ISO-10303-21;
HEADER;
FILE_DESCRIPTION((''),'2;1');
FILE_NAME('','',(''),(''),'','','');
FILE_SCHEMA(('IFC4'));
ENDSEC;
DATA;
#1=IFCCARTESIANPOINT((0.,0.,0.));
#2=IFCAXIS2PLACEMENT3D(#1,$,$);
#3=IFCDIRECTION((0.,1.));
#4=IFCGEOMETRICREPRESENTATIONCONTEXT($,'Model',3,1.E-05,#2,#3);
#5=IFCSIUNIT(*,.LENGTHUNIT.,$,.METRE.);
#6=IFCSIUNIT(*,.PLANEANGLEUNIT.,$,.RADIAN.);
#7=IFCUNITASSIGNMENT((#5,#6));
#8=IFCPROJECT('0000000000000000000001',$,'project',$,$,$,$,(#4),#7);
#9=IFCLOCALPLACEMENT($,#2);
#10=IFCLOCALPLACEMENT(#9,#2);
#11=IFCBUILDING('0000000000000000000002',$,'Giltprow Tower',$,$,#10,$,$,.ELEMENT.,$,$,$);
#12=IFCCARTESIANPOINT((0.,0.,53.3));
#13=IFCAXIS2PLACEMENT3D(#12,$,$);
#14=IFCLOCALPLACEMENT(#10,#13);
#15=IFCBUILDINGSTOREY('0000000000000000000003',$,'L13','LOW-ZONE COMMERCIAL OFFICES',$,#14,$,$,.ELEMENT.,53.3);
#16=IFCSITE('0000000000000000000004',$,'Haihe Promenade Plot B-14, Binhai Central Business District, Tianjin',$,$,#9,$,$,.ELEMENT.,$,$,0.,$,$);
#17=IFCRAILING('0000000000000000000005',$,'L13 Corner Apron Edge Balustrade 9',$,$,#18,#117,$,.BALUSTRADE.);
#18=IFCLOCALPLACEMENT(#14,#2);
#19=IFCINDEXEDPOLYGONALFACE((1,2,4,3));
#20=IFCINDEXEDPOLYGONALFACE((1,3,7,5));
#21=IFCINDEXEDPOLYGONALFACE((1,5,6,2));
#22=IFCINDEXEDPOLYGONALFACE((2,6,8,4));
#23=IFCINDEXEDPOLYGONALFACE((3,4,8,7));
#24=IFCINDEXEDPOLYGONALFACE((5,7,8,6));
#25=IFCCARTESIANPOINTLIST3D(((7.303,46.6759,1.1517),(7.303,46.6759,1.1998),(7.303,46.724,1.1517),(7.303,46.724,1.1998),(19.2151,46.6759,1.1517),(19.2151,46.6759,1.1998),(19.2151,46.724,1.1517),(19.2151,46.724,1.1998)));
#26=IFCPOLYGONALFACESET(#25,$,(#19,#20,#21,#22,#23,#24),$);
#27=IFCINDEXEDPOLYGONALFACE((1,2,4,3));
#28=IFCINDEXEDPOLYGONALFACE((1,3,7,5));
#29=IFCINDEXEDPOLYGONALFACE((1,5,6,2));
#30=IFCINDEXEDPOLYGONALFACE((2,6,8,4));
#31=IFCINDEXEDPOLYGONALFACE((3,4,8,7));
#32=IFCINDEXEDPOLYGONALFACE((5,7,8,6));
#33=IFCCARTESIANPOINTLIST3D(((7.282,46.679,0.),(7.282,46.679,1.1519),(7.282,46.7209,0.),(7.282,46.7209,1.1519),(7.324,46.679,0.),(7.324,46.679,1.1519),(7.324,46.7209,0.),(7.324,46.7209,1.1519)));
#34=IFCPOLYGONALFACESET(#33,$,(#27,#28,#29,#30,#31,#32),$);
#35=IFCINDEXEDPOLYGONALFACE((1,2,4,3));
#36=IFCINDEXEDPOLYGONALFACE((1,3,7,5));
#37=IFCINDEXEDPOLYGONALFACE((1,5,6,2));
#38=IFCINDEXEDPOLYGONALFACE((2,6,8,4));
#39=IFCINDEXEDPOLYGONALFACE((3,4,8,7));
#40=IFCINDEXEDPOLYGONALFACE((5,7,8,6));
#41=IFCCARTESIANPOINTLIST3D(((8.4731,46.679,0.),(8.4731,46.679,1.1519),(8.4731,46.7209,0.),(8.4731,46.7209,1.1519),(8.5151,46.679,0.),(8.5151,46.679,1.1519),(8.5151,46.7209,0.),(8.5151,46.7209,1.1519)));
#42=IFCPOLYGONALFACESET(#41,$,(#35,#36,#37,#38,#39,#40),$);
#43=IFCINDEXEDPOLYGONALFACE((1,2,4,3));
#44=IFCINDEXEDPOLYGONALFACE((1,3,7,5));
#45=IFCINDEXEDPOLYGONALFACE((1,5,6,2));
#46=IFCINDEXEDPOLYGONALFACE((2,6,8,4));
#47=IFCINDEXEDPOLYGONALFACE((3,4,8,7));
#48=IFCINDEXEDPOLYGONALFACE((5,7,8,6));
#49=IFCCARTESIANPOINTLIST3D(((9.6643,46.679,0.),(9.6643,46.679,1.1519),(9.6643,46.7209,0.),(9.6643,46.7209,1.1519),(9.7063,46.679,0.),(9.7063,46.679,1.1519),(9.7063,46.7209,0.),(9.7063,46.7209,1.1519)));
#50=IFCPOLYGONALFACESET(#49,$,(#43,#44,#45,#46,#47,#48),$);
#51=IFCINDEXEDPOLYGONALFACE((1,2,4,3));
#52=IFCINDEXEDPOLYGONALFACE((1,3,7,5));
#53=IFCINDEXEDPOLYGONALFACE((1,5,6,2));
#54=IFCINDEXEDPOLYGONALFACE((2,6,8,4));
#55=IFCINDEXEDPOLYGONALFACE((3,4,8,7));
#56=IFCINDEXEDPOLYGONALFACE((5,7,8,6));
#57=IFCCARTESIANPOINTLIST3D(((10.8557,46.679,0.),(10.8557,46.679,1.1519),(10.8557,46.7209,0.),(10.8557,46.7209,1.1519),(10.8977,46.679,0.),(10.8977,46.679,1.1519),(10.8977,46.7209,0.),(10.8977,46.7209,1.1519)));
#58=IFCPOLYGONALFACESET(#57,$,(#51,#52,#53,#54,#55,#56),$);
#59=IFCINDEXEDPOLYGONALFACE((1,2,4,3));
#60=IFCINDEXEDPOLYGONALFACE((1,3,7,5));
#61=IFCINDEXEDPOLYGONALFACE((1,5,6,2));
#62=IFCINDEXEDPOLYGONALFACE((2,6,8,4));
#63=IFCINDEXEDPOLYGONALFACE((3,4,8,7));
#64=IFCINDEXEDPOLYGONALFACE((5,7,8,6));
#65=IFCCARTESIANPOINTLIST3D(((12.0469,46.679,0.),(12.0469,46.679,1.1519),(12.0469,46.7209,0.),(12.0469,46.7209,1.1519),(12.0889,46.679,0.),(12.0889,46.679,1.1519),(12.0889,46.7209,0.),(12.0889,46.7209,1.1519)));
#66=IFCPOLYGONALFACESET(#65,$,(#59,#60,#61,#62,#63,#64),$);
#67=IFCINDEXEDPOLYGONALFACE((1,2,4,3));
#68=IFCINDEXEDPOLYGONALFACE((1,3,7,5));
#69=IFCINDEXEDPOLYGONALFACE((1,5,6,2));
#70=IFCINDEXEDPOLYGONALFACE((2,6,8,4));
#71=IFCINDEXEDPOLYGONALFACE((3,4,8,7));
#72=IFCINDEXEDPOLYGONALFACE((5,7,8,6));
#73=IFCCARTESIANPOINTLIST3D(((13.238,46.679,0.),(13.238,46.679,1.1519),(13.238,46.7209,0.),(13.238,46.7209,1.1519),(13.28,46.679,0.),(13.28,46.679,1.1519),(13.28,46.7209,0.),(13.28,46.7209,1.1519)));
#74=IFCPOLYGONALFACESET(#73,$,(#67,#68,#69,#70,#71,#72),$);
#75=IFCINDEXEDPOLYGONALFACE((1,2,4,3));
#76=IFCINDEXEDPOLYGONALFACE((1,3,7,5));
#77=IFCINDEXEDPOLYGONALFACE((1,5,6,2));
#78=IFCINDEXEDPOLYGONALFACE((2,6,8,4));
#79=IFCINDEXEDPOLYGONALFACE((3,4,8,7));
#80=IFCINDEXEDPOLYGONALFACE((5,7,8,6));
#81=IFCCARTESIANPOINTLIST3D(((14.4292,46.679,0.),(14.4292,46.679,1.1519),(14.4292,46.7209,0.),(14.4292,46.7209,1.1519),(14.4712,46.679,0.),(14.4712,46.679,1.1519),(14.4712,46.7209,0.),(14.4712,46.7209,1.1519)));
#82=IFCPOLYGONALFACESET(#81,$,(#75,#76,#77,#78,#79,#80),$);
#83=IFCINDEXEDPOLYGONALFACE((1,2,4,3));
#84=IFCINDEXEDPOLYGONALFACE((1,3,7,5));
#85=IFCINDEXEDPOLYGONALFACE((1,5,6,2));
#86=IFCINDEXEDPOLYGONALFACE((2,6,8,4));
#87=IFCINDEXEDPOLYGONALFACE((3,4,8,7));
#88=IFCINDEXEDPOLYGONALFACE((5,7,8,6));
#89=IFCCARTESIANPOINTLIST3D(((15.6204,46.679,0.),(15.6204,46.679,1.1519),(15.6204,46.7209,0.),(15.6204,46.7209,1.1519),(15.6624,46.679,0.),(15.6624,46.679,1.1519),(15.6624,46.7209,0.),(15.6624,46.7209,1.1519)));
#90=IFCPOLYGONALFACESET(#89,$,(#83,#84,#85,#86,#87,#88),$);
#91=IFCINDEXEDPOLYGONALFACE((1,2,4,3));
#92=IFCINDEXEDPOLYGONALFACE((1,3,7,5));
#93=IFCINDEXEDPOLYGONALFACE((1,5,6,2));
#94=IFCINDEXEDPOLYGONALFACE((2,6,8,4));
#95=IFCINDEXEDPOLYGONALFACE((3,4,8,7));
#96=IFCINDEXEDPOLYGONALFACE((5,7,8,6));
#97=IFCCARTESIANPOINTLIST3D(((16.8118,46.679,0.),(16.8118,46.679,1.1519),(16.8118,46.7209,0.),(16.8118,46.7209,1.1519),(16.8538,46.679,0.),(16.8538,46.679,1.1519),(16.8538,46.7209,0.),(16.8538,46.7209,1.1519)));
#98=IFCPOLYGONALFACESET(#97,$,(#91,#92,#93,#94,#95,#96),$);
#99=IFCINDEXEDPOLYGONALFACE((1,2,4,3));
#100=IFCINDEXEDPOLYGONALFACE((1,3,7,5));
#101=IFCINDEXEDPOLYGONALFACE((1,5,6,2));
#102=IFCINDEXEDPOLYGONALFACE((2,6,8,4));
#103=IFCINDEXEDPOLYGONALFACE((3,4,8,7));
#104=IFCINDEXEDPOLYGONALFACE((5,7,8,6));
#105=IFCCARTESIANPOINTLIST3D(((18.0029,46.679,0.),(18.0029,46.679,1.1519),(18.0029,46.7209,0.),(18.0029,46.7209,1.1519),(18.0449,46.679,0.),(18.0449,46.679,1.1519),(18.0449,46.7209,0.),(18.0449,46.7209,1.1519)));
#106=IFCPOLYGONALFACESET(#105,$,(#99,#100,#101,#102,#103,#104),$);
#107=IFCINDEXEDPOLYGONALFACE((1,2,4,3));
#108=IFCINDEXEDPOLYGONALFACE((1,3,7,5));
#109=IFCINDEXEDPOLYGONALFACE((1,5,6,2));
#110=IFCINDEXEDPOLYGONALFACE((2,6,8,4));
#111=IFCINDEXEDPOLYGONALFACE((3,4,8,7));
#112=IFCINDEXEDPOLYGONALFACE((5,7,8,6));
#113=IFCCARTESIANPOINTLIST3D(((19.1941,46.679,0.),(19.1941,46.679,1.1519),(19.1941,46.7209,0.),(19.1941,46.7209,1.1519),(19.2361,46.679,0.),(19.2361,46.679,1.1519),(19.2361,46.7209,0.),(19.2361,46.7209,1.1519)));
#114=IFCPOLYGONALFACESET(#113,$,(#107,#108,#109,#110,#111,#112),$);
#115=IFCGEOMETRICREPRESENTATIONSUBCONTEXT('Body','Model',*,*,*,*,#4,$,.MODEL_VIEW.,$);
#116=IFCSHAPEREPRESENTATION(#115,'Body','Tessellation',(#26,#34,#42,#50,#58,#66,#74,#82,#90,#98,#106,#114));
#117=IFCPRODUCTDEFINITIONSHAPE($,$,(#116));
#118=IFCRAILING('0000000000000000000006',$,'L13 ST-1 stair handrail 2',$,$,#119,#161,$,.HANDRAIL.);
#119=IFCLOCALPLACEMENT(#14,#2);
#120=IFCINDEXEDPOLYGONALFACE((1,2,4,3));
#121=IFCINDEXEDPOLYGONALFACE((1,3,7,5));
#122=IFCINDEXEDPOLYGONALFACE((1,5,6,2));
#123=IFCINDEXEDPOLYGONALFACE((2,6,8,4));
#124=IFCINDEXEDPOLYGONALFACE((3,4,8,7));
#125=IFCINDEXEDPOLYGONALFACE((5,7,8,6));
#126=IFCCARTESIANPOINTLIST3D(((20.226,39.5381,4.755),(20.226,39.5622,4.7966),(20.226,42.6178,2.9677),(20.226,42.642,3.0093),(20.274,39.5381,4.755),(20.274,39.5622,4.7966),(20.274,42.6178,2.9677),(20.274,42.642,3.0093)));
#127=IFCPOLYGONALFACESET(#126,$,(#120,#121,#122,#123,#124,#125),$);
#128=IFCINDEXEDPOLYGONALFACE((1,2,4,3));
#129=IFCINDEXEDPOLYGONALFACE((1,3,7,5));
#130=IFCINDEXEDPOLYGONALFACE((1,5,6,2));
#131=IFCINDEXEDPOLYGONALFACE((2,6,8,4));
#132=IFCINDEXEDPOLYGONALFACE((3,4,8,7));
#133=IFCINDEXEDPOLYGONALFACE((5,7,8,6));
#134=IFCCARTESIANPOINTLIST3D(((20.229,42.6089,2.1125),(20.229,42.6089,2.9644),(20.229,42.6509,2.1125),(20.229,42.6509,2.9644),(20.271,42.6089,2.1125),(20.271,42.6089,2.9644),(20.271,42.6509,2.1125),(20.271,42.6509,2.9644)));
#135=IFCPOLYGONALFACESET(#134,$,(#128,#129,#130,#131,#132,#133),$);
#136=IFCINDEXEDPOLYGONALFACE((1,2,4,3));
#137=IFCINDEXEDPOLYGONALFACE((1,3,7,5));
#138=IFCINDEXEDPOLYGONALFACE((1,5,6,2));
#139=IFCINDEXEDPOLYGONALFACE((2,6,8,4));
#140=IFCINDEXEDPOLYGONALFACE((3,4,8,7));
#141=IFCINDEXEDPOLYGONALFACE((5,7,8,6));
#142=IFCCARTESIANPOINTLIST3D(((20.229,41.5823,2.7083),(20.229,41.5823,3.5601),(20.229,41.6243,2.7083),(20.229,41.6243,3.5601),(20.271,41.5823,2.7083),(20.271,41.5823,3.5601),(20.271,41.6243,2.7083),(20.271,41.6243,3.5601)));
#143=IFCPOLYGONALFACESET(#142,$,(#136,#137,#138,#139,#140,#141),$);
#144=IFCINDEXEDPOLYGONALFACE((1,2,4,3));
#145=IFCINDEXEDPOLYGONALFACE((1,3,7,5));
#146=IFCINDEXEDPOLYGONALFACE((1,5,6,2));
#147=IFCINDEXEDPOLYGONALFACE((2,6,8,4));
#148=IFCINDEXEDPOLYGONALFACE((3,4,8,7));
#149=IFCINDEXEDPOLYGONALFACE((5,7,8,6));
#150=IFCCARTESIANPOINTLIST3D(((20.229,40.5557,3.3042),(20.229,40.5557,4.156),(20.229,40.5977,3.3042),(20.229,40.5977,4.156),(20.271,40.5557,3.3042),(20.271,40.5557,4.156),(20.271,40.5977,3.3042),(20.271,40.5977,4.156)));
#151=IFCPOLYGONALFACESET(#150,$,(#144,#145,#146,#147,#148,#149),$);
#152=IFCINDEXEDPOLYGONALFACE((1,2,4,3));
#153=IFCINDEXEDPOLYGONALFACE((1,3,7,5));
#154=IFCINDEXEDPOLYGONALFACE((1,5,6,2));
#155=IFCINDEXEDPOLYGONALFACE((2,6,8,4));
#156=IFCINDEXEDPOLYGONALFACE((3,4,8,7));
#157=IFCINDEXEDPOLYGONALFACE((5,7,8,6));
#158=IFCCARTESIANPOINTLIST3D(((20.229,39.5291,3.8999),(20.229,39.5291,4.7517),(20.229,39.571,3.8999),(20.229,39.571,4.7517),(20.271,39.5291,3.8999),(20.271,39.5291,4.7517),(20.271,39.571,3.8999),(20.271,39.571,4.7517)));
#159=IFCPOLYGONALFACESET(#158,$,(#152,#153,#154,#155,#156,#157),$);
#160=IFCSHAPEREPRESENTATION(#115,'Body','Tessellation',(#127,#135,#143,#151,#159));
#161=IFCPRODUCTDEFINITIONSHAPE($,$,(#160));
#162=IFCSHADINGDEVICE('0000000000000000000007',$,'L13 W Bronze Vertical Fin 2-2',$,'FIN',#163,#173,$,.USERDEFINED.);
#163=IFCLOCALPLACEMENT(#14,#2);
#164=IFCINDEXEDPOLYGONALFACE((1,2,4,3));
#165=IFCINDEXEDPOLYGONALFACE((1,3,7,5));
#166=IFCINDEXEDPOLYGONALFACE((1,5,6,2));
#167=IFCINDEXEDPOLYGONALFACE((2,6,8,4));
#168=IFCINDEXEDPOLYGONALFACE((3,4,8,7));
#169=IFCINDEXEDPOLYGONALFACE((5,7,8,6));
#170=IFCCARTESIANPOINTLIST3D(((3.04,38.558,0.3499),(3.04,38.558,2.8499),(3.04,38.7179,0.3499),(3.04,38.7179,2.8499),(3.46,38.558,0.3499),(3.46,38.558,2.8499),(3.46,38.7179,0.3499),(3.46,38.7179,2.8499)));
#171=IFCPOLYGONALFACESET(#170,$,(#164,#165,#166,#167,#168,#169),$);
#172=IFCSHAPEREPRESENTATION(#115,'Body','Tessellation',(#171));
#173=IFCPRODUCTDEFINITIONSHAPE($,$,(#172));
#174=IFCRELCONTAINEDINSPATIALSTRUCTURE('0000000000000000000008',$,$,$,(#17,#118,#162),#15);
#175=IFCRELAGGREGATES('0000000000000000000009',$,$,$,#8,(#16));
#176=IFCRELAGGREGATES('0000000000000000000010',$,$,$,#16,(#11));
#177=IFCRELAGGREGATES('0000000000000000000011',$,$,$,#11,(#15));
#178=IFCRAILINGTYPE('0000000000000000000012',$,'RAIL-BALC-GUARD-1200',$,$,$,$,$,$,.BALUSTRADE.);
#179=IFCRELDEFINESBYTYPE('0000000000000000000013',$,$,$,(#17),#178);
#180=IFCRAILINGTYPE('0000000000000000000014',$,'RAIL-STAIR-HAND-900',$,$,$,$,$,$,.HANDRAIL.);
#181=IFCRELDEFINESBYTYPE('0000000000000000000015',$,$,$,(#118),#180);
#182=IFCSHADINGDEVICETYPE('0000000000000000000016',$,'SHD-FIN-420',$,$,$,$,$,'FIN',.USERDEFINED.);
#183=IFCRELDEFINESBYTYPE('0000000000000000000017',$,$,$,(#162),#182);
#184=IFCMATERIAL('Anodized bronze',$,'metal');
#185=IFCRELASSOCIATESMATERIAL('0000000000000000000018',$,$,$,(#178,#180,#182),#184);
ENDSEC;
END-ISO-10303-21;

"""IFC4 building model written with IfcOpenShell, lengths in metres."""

from ifc_helpers import new_model, si_unit, direction, frame, origin, origin_2d, place, context, subcontext, project, spatial, rectangle, extrude, source, transform, mapped, material, type_object, element, save


model = new_model("IFC4")

# Units and contexts
model_context = context("Model", 3, precision=1e-05, world=origin(), true_north=direction((0.0, 1.0)))
body_context = subcontext(model_context, "Body", "Model", "MODEL_VIEW")
ifc_project = project(units=[si_unit("LENGTHUNIT", "METRE"), si_unit("PLANEANGLEUNIT", "RADIAN")], contexts=[model_context])

# Site, building, storey
site_placement = place(None, origin())
site = spatial("IfcSite", under=ifc_project, at=site_placement, Name="Haihe Promenade Plot B-14, Binhai Central Business District, Tianjin", CompositionType="ELEMENT", RefElevation=0.0)
building_placement = place(site_placement, origin())
building = spatial("IfcBuilding", under=site, at=building_placement, Name="Giltprow Tower", CompositionType="ELEMENT")
storey_placement = place(building_placement, frame((0.0, 0.0, 53.3)))
storey = spatial("IfcBuildingStorey", under=building, at=storey_placement, Name="L13", Description="LOW-ZONE COMMERCIAL OFFICES", CompositionType="ELEMENT", Elevation=53.3)

# Railings
ifc_material_1 = material(Name="Anodized bronze", Category="metal")
railing_type_1 = type_object("IfcRailingType", Name="RAIL-BALC-GUARD-1200", PredefinedType="BALUSTRADE", material=ifc_material_1)
railing_1_placement = place(storey_placement, frame((7.303, 46.7, 0.0)))
element("IfcRailing", 1, at=railing_1_placement, inside=storey, type_object=railing_type_1, Name="L13 Corner Apron Edge Balustrade 9", PredefinedType="BALUSTRADE", context=body_context, shape_type="SweptSolid", body=[
    extrude(rectangle(XDim=0.0481, YDim=0.0481, at=origin_2d()), frame((0.0, 0.0, 1.1758), z_axis=(1.0, 0.0, 0.0), x_axis=(0.0, 1.0, 0.0)), (0.0, 0.0, 1.0), 11.9121),
    extrude(rectangle(XDim=0.042, YDim=0.042, at=origin_2d()), origin(), (0.0, 0.0, 1.0), 1.1519),
    extrude(rectangle(XDim=0.042, YDim=0.042, at=origin_2d()), frame((1.1912, 0.0, 0.0)), (0.0, 0.0, 1.0), 1.1519),
    extrude(rectangle(XDim=0.042, YDim=0.042, at=origin_2d()), frame((2.3823, 0.0, 0.0)), (0.0, 0.0, 1.0), 1.1519),
    extrude(rectangle(XDim=0.042, YDim=0.042, at=origin_2d()), frame((3.5737, 0.0, 0.0)), (0.0, 0.0, 1.0), 1.1519),
    extrude(rectangle(XDim=0.042, YDim=0.042, at=origin_2d()), frame((4.7649, 0.0, 0.0)), (0.0, 0.0, 1.0), 1.1519),
    extrude(rectangle(XDim=0.042, YDim=0.042, at=origin_2d()), frame((5.9561, 0.0, 0.0)), (0.0, 0.0, 1.0), 1.1519),
    extrude(rectangle(XDim=0.042, YDim=0.042, at=origin_2d()), frame((7.1472, 0.0, 0.0)), (0.0, 0.0, 1.0), 1.1519),
    extrude(rectangle(XDim=0.042, YDim=0.042, at=origin_2d()), frame((8.3384, 0.0, 0.0)), (0.0, 0.0, 1.0), 1.1519),
    extrude(rectangle(XDim=0.042, YDim=0.042, at=origin_2d()), frame((9.5298, 0.0, 0.0)), (0.0, 0.0, 1.0), 1.1519),
    extrude(rectangle(XDim=0.042, YDim=0.042, at=origin_2d()), frame((10.7209, 0.0, 0.0)), (0.0, 0.0, 1.0), 1.1519),
    extrude(rectangle(XDim=0.042, YDim=0.042, at=origin_2d()), frame((11.9121, 0.0, 0.0)), (0.0, 0.0, 1.0), 1.1519),
])
railing_type_2 = type_object("IfcRailingType", Name="RAIL-STAIR-HAND-900", PredefinedType="HANDRAIL", material=ifc_material_1)
railing_2_placement = place(storey_placement, frame((20.25, 42.6299, 2.1125)))
element("IfcRailing", 2, at=railing_2_placement, inside=storey, type_object=railing_type_2, Name="L13 ST-1 stair handrail 2", PredefinedType="HANDRAIL", context=body_context, shape_type="SweptSolid", body=[
    extrude(rectangle(XDim=0.0481, YDim=0.0481, at=origin_2d()), frame((0.0, 0.0, 0.876), z_axis=(0.0, -0.864903, 0.501939), x_axis=(1.0, 0.0, 0.0)), (0.0, 0.0, 1.0), 3.5608),
    extrude(rectangle(XDim=0.042, YDim=0.042, at=origin_2d()), origin(), (0.0, 0.0, 1.0), 0.8518),
    extrude(rectangle(XDim=0.042, YDim=0.042, at=origin_2d()), frame((0.0, -1.0266, 0.5957)), (0.0, 0.0, 1.0), 0.8518),
    extrude(rectangle(XDim=0.042, YDim=0.042, at=origin_2d()), frame((0.0, -2.0532, 1.1917)), (0.0, 0.0, 1.0), 0.8518),
    extrude(rectangle(XDim=0.042, YDim=0.042, at=origin_2d()), frame((0.0, -3.0798, 1.7874)), (0.0, 0.0, 1.0), 0.8518),
])

# Shading device
shading_device_type = type_object("IfcShadingDeviceType", Name="SHD-FIN-420", ElementType="FIN", PredefinedType="USERDEFINED", material=ifc_material_1)
shared_shape_1 = source(origin(), body_context, "Body", "SweptSolid", [
    extrude(rectangle(XDim=0.4199, YDim=0.1599, at=origin_2d()), origin(), (0.0, 0.0, 1.0), 2.5),
])
shading_device_placement = place(storey_placement, frame((3.25, 38.6379, 0.3499), z_axis=(0.0, 0.0, 1.0), x_axis=(1.0, 0.0, 0.0)))
element("IfcShadingDevice", 3, at=shading_device_placement, inside=storey, type_object=shading_device_type, Name="L13 W Bronze Vertical Fin 2-2", ObjectType="FIN", PredefinedType="USERDEFINED", context=body_context, shape_type="MappedRepresentation", body=[
    mapped(shared_shape_1, transform((0.0, 0.0, 0.0), x_axis=(1.0, 0.0, 0.0), y_axis=(0.0, 1.0, 0.0), z_axis=(0.0, 0.0, 1.0), scale=1.0)),
])

save(model, "model.ifc")
